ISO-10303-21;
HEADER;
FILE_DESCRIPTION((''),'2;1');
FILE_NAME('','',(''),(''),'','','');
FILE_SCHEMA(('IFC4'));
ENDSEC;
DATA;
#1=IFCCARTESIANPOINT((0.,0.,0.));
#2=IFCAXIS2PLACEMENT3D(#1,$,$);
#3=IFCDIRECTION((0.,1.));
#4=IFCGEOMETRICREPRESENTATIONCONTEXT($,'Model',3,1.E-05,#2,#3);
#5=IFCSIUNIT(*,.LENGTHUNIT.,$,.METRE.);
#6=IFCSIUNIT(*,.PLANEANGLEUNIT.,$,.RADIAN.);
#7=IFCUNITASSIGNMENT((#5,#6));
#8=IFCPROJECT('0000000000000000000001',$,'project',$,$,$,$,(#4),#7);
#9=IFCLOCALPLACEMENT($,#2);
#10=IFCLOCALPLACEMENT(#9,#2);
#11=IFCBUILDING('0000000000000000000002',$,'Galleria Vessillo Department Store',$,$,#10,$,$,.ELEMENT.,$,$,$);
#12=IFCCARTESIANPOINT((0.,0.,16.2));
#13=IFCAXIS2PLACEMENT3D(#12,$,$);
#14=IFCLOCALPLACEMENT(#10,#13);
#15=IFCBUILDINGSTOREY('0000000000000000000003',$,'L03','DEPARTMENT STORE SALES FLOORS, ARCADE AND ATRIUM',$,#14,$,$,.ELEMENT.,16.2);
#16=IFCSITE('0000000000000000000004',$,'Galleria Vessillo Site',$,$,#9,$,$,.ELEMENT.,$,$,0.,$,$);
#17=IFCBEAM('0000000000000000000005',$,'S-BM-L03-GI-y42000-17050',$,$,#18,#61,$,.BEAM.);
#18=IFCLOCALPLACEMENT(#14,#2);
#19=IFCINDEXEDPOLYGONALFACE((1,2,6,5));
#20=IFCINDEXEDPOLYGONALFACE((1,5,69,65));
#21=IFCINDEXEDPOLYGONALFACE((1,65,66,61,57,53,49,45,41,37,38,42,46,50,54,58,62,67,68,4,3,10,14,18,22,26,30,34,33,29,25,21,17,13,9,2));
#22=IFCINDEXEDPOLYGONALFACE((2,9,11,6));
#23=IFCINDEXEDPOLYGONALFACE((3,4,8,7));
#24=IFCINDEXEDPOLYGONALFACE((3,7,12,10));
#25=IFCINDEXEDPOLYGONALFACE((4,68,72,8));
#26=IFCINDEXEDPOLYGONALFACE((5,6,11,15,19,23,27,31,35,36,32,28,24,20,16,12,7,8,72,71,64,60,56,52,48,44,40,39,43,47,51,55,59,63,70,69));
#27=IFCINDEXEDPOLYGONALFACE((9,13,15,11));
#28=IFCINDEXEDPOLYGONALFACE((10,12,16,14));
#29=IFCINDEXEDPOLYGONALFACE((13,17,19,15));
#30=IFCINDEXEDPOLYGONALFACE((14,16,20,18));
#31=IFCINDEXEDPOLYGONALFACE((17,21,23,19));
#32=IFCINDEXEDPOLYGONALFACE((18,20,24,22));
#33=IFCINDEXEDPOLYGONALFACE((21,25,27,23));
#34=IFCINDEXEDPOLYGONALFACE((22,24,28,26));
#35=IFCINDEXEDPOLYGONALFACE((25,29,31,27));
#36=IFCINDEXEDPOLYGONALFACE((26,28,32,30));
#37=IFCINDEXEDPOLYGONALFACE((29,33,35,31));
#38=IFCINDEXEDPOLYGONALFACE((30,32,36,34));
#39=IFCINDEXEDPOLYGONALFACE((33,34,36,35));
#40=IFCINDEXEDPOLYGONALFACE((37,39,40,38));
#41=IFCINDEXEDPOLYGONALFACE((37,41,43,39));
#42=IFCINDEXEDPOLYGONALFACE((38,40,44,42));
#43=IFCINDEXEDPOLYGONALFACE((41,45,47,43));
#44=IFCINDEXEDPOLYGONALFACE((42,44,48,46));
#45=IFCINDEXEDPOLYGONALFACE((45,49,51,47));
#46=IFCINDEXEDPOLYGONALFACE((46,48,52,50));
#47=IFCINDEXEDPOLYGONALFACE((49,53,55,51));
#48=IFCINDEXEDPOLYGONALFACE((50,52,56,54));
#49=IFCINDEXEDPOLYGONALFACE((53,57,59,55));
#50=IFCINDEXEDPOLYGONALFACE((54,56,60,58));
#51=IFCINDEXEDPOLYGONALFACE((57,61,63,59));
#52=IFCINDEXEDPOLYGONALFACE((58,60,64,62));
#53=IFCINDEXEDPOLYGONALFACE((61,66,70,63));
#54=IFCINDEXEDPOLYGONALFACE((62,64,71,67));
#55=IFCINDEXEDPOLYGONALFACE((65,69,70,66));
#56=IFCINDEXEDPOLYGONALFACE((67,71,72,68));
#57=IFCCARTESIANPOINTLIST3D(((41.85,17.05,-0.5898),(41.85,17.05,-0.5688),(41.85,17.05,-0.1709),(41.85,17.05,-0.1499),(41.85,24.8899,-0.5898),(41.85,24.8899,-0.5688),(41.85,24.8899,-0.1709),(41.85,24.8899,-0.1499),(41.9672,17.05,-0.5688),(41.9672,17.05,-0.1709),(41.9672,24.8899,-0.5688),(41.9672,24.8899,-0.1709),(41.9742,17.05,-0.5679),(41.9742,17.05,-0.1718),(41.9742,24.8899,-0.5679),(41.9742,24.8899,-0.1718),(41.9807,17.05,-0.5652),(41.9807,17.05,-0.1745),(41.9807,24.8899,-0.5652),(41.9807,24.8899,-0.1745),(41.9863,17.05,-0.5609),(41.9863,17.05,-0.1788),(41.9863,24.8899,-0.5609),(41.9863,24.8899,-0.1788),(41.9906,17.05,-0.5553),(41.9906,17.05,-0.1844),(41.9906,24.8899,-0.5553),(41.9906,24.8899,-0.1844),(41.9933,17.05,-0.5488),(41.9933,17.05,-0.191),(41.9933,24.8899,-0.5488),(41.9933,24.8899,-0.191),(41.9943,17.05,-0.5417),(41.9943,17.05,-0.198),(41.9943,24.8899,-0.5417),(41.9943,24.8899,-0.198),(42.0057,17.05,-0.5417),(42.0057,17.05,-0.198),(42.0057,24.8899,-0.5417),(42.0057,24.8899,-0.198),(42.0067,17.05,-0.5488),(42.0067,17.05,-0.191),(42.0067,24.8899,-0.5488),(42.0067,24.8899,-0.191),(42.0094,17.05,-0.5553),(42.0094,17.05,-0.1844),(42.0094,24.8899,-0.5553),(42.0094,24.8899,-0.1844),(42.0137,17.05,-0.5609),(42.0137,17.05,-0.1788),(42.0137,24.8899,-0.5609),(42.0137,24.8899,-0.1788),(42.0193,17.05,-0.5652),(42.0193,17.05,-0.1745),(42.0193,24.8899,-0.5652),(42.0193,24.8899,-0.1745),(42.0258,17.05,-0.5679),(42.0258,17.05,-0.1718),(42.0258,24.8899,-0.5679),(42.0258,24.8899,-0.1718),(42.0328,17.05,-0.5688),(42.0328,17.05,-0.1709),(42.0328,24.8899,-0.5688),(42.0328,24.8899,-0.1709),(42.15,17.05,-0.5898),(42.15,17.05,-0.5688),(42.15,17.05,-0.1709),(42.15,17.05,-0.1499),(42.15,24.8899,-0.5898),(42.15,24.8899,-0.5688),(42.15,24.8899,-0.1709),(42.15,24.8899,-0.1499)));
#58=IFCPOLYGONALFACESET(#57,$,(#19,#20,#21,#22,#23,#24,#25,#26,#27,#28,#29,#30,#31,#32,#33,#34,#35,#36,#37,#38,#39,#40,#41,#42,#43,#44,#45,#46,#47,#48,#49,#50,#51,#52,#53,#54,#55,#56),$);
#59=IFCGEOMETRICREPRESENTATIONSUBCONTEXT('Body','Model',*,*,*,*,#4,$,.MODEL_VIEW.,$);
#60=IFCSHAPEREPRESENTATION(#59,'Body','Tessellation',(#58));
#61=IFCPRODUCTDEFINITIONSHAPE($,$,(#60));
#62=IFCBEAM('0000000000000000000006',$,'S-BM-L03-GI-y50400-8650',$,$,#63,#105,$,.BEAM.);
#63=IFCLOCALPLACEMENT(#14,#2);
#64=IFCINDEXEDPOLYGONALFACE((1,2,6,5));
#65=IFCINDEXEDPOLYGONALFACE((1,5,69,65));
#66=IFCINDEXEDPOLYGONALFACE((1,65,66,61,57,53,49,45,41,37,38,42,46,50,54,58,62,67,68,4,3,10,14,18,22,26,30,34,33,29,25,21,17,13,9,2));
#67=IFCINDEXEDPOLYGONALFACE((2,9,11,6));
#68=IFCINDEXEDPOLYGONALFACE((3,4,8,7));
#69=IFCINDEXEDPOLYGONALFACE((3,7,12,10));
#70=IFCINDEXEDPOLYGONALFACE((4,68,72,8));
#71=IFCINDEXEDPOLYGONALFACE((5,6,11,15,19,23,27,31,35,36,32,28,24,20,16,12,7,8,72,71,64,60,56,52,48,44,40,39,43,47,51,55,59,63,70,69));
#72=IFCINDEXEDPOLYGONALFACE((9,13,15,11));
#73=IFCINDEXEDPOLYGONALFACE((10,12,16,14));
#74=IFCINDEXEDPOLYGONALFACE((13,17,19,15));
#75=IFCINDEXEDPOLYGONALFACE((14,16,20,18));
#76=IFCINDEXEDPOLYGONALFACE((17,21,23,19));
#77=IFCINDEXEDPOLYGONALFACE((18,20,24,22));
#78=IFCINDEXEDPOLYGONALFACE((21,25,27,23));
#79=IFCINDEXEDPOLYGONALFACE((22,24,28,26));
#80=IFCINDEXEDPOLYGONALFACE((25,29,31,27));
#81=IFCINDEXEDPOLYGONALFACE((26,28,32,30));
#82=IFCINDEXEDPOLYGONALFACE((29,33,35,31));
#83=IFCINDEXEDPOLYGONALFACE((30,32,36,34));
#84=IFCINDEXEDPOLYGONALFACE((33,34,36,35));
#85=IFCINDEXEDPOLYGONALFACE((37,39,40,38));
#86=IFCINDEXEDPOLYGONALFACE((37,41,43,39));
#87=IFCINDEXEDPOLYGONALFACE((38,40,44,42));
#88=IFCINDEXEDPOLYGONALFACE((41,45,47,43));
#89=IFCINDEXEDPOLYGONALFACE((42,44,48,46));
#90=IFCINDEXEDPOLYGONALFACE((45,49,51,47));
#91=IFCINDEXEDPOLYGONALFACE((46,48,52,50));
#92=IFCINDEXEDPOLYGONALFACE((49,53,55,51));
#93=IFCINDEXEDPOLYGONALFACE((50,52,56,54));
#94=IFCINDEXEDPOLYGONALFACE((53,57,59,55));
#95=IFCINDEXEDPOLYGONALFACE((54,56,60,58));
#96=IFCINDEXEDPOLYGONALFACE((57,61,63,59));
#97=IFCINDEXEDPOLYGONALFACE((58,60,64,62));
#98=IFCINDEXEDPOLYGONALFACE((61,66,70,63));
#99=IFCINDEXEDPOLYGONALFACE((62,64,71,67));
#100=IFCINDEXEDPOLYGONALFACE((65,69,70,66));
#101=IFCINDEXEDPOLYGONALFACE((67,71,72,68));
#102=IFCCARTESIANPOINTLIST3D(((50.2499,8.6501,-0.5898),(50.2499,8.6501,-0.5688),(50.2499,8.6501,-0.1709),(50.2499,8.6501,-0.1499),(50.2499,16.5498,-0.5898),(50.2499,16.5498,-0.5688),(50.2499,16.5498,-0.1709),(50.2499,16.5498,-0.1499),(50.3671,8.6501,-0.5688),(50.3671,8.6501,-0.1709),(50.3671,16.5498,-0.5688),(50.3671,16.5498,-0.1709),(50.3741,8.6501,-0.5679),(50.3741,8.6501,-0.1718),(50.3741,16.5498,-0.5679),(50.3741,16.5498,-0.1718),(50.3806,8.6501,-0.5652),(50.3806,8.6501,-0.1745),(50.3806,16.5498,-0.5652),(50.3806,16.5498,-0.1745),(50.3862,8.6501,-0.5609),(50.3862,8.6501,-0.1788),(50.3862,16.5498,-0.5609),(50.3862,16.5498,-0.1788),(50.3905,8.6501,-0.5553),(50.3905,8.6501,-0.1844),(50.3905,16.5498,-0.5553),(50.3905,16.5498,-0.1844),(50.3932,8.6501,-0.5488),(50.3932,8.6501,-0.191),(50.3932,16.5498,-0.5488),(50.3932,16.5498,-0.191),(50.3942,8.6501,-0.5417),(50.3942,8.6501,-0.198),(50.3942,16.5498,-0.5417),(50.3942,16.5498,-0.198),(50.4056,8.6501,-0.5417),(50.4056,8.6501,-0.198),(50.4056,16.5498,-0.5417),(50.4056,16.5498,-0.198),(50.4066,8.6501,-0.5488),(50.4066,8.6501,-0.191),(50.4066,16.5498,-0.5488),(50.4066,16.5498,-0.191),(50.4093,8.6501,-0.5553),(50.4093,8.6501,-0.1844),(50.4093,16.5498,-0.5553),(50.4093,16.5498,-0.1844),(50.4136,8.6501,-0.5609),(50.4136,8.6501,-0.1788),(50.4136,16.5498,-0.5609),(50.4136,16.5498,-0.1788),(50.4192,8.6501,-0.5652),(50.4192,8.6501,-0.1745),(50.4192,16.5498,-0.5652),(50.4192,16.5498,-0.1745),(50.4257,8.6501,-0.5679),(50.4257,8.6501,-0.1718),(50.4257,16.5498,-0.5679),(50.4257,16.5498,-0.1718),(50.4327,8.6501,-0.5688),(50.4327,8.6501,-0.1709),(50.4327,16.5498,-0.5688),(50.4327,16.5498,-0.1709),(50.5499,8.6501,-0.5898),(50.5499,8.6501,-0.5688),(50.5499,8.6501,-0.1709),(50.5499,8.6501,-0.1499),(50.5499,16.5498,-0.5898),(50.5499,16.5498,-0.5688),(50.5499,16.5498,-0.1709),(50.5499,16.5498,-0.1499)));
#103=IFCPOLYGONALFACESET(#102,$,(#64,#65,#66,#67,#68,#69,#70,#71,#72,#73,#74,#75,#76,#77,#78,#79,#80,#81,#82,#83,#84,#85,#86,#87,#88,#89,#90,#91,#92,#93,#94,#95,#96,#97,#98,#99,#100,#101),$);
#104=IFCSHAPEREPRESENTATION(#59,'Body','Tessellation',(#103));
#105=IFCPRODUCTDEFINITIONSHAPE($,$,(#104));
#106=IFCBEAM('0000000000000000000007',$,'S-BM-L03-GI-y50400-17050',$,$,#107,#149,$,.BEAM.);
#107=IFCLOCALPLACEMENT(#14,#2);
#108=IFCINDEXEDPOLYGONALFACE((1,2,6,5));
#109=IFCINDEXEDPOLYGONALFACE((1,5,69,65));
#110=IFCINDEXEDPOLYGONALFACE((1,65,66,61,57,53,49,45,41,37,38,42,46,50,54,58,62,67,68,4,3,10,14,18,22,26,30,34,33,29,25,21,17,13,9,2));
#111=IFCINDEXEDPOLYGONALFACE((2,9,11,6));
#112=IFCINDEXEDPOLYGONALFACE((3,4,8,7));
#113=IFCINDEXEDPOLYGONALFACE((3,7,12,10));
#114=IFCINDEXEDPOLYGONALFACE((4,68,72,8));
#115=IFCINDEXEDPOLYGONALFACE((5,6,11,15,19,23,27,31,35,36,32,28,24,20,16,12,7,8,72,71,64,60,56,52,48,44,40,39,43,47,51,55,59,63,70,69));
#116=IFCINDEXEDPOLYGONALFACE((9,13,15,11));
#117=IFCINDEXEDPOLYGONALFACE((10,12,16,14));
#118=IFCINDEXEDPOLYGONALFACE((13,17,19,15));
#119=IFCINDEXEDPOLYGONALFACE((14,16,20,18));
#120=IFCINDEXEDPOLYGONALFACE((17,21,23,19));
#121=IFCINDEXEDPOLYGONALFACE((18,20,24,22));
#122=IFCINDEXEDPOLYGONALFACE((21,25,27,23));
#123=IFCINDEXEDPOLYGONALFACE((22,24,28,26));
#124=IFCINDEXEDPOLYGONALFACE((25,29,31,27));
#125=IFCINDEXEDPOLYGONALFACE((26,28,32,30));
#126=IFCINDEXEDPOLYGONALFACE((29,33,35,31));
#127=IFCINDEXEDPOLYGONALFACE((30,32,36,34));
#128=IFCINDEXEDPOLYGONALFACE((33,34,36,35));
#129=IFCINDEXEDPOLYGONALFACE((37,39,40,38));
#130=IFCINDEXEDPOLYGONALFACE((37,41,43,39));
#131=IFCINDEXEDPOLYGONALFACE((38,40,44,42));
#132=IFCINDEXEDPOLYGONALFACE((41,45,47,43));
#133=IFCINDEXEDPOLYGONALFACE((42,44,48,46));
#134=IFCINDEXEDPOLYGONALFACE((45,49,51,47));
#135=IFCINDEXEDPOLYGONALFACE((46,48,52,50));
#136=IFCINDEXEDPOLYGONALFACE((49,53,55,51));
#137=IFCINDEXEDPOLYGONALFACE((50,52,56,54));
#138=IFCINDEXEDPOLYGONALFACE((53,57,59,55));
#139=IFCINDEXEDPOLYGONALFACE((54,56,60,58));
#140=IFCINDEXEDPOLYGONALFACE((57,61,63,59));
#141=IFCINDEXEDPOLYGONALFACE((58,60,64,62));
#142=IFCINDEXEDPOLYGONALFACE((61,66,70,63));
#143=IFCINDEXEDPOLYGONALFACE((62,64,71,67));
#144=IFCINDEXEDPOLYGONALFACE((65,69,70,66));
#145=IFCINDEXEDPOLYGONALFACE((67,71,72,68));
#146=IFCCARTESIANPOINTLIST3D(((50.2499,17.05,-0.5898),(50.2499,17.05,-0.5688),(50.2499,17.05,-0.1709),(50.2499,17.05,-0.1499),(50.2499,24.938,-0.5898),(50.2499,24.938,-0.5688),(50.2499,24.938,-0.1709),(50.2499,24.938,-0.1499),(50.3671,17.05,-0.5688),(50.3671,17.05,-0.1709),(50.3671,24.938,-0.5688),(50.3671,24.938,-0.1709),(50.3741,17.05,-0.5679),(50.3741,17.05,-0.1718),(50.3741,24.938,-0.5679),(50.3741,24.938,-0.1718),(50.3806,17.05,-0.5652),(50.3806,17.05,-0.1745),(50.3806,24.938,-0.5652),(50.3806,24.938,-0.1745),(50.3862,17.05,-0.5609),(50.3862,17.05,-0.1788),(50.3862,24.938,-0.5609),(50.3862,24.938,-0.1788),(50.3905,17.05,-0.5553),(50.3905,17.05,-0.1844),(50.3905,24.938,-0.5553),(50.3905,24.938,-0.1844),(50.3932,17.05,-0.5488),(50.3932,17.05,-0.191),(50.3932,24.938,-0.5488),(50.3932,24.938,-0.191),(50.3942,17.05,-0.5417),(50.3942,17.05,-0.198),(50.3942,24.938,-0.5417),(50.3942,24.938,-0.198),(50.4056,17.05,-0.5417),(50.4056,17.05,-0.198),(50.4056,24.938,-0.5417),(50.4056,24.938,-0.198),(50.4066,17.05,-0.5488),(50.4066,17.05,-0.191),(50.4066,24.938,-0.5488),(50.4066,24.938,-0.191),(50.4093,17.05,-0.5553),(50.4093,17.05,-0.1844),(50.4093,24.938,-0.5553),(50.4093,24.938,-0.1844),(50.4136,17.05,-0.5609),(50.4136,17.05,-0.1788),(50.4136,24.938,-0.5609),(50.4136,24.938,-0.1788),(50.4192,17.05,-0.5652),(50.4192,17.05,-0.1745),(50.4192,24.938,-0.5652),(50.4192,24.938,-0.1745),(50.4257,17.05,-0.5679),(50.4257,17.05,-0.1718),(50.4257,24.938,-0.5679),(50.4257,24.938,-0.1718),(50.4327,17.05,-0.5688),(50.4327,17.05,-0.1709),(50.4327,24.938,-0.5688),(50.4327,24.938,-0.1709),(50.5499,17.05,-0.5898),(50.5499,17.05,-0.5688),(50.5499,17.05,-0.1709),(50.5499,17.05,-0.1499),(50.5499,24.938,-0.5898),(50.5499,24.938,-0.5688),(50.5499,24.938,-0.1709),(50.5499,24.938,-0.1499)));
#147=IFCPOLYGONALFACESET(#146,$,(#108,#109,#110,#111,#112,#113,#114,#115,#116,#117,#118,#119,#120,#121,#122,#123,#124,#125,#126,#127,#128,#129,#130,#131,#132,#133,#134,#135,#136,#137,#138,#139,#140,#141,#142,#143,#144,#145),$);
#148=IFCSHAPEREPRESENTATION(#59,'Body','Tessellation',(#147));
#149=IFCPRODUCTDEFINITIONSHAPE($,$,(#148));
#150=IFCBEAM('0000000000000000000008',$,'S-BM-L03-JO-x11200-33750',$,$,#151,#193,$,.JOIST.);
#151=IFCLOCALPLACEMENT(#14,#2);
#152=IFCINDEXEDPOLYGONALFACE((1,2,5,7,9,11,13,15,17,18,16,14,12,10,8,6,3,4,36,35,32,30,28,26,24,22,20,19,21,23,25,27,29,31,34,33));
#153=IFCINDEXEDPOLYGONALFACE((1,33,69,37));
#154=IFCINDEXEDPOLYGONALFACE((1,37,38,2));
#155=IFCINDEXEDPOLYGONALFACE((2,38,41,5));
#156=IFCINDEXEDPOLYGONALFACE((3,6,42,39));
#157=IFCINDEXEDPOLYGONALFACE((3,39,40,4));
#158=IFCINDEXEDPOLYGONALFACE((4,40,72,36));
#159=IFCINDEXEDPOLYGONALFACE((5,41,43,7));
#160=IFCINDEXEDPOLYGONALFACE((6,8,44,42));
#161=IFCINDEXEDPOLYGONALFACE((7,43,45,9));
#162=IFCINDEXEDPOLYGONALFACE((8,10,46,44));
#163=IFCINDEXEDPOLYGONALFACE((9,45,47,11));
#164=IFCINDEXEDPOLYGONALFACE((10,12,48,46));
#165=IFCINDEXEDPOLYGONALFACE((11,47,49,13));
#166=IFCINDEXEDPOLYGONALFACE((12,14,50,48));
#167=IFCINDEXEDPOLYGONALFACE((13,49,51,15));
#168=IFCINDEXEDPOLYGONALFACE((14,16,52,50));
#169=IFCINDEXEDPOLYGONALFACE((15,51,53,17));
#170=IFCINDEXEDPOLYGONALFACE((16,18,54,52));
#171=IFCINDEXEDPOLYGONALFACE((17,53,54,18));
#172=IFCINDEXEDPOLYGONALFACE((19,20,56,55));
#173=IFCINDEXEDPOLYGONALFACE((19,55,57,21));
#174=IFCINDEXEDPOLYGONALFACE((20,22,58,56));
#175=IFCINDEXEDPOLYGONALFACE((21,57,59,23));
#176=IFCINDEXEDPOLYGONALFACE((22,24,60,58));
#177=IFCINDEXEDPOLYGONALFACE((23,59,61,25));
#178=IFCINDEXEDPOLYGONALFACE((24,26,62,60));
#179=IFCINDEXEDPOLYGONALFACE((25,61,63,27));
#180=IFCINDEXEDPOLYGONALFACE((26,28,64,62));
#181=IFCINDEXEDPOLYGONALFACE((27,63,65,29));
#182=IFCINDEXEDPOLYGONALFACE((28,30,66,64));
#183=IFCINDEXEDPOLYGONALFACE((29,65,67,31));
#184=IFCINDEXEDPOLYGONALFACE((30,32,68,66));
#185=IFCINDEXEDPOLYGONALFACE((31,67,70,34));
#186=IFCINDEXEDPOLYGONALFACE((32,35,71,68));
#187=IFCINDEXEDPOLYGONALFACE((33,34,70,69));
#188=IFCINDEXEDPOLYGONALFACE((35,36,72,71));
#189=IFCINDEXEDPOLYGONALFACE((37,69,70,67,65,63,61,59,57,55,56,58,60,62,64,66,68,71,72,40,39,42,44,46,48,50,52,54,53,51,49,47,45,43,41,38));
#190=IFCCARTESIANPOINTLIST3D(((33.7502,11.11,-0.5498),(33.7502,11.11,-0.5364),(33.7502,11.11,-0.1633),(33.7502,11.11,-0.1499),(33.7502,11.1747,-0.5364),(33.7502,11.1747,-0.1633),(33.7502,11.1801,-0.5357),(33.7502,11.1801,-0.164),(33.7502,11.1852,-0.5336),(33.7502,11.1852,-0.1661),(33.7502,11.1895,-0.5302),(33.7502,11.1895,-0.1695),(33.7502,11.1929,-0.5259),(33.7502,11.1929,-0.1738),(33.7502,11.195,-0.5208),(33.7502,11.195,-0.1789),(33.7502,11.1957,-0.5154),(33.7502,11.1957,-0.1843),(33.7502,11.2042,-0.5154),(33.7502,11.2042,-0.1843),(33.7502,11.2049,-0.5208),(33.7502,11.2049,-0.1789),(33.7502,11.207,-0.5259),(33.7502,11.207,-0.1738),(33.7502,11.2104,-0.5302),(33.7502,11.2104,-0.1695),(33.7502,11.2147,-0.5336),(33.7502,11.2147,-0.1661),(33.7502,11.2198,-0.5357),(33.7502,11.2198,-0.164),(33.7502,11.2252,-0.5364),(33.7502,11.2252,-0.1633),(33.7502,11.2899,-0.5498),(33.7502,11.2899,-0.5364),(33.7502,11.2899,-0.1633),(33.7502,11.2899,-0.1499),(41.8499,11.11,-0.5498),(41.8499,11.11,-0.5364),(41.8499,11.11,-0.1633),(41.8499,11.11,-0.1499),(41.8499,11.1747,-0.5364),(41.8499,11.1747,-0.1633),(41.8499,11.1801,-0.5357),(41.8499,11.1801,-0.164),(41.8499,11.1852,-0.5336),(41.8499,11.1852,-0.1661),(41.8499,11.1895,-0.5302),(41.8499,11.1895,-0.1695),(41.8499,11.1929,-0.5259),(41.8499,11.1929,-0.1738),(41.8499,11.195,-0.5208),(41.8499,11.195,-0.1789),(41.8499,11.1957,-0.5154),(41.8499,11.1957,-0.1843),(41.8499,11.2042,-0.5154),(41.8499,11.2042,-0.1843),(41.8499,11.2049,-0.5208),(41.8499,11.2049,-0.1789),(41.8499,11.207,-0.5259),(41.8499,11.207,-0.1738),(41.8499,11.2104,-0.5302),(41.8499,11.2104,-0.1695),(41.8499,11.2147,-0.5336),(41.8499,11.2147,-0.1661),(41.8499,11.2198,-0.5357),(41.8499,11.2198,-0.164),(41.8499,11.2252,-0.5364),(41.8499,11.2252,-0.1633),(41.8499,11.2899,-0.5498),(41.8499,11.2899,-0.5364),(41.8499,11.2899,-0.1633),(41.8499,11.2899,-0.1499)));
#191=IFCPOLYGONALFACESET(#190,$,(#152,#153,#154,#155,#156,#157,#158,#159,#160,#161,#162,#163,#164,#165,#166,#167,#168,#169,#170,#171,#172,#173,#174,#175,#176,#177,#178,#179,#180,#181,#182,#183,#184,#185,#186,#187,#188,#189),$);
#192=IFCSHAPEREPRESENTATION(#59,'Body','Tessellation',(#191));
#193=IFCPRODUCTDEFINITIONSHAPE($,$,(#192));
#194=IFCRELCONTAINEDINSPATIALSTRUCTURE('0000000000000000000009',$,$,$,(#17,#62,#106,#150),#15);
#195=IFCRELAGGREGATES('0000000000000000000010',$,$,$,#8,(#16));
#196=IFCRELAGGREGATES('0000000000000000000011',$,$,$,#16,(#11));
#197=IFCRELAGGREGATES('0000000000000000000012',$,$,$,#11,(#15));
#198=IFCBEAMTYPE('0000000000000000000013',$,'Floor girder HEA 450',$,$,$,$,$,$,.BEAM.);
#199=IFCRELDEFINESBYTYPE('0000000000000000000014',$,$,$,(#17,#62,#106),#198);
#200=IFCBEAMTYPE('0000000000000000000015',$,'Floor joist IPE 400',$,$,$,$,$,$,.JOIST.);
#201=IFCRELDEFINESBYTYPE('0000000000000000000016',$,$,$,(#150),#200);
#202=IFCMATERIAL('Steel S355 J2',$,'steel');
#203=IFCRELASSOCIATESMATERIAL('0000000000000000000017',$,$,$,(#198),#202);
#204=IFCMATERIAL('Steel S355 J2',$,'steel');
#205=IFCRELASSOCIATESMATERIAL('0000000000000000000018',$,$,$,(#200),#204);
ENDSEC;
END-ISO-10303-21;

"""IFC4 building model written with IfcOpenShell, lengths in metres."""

from ifc_helpers import new_model, si_unit, direction, frame, origin, origin_2d, place, context, subcontext, project, spatial, i_section, extrude, material, material_profile, profile_set, type_object, element, save


model = new_model("IFC4")

# Units and contexts
model_context = context("Model", 3, precision=1e-05, world=origin(), true_north=direction((0.0, 1.0)))
body_context = subcontext(model_context, "Body", "Model", "MODEL_VIEW")
ifc_project = project(units=[si_unit("LENGTHUNIT", "METRE"), si_unit("PLANEANGLEUNIT", "RADIAN")], contexts=[model_context])

# Site, building, storey
site_placement = place(None, origin())
site = spatial("IfcSite", under=ifc_project, at=site_placement, Name="Galleria Vessillo Site", CompositionType="ELEMENT", RefElevation=0.0)
building_placement = place(site_placement, origin())
building = spatial("IfcBuilding", under=site, at=building_placement, Name="Galleria Vessillo Department Store", CompositionType="ELEMENT")
storey_placement = place(building_placement, frame((0.0, 0.0, 16.2)))
storey = spatial("IfcBuildingStorey", under=building, at=storey_placement, Name="L03", Description="DEPARTMENT STORE SALES FLOORS, ARCADE AND ATRIUM", CompositionType="ELEMENT", Elevation=16.2)

# Beams
ifc_material_1 = material(Name="Steel S355 J2", Category="steel")
ifc_material_profile_1 = material_profile(ifc_material_1, i_section(OverallWidth=0.3, OverallDepth=0.4399, WebThickness=0.0115, FlangeThickness=0.021, FilletRadius=0.0271, at=origin_2d()), Name="HEA 450")
ifc_profile_set_1 = profile_set([ifc_material_profile_1], Name="Steel S355 J2")
beam_type_1 = type_object("IfcBeamType", Name="Floor girder HEA 450", PredefinedType="BEAM", material=ifc_profile_set_1)
beam_1_placement = place(storey_placement, frame((42.0, 17.05, -0.3699), z_axis=(0.0, 1.0, 0.0), x_axis=(-1.0, 0.0, 0.0)))
element("IfcBeam", 1, at=beam_1_placement, inside=storey, type_object=beam_type_1, Name="S-BM-L03-GI-y42000-17050", PredefinedType="BEAM", context=body_context, shape_type="SweptSolid", body=[
    extrude(i_section(OverallWidth=0.3, OverallDepth=0.4399, WebThickness=0.0115, FlangeThickness=0.021, FilletRadius=0.0271, at=origin_2d()), origin(), (0.0, 0.0, 1.0), 7.8398),
])
beam_2_placement = place(storey_placement, frame((50.3999, 8.6501, -0.3699), z_axis=(0.0, 1.0, 0.0), x_axis=(-1.0, 0.0, 0.0)))
element("IfcBeam", 2, at=beam_2_placement, inside=storey, type_object=beam_type_1, Name="S-BM-L03-GI-y50400-8650", PredefinedType="BEAM", context=body_context, shape_type="SweptSolid", body=[
    extrude(i_section(OverallWidth=0.3, OverallDepth=0.4399, WebThickness=0.0115, FlangeThickness=0.021, FilletRadius=0.0271, at=origin_2d()), origin(), (0.0, 0.0, 1.0), 7.8997),
])
beam_3_placement = place(storey_placement, frame((50.3999, 17.05, -0.3699), z_axis=(0.0, 1.0, 0.0), x_axis=(-1.0, 0.0, 0.0)))
element("IfcBeam", 3, at=beam_3_placement, inside=storey, type_object=beam_type_1, Name="S-BM-L03-GI-y50400-17050", PredefinedType="BEAM", context=body_context, shape_type="SweptSolid", body=[
    extrude(i_section(OverallWidth=0.3, OverallDepth=0.4399, WebThickness=0.0115, FlangeThickness=0.021, FilletRadius=0.0271, at=origin_2d()), origin(), (0.0, 0.0, 1.0), 7.8879),
])
ifc_material_2 = material(Name="Steel S355 J2", Category="steel")
ifc_material_profile_2 = material_profile(ifc_material_2, i_section(OverallWidth=0.1799, OverallDepth=0.3999, WebThickness=0.0085, FlangeThickness=0.0134, FilletRadius=0.021, at=origin_2d()), Name="IPE 400")
ifc_profile_set_2 = profile_set([ifc_material_profile_2], Name="Steel S355 J2")
beam_type_2 = type_object("IfcBeamType", Name="Floor joist IPE 400", PredefinedType="JOIST", material=ifc_profile_set_2)
for number, where, z_axis, x_axis, name in (
    (4, (33.7502, 11.2, -0.3499), (1.0, 0.0, 0.0), (0.0, 1.0, 0.0), "S-BM-L03-JO-x11200-33750"),
):
    element("IfcBeam", number, at=place(storey_placement, frame(where, z_axis=z_axis, x_axis=x_axis)), inside=storey, type_object=beam_type_2, Name=name, PredefinedType="JOIST", context=body_context, shape_type="SweptSolid", body=[
        extrude(i_section(OverallWidth=0.1799, OverallDepth=0.3999, WebThickness=0.0085, FlangeThickness=0.0134, FilletRadius=0.021, at=origin_2d()), origin(), (0.0, 0.0, 1.0), 8.0996),
    ])

save(model, "model.ifc")
